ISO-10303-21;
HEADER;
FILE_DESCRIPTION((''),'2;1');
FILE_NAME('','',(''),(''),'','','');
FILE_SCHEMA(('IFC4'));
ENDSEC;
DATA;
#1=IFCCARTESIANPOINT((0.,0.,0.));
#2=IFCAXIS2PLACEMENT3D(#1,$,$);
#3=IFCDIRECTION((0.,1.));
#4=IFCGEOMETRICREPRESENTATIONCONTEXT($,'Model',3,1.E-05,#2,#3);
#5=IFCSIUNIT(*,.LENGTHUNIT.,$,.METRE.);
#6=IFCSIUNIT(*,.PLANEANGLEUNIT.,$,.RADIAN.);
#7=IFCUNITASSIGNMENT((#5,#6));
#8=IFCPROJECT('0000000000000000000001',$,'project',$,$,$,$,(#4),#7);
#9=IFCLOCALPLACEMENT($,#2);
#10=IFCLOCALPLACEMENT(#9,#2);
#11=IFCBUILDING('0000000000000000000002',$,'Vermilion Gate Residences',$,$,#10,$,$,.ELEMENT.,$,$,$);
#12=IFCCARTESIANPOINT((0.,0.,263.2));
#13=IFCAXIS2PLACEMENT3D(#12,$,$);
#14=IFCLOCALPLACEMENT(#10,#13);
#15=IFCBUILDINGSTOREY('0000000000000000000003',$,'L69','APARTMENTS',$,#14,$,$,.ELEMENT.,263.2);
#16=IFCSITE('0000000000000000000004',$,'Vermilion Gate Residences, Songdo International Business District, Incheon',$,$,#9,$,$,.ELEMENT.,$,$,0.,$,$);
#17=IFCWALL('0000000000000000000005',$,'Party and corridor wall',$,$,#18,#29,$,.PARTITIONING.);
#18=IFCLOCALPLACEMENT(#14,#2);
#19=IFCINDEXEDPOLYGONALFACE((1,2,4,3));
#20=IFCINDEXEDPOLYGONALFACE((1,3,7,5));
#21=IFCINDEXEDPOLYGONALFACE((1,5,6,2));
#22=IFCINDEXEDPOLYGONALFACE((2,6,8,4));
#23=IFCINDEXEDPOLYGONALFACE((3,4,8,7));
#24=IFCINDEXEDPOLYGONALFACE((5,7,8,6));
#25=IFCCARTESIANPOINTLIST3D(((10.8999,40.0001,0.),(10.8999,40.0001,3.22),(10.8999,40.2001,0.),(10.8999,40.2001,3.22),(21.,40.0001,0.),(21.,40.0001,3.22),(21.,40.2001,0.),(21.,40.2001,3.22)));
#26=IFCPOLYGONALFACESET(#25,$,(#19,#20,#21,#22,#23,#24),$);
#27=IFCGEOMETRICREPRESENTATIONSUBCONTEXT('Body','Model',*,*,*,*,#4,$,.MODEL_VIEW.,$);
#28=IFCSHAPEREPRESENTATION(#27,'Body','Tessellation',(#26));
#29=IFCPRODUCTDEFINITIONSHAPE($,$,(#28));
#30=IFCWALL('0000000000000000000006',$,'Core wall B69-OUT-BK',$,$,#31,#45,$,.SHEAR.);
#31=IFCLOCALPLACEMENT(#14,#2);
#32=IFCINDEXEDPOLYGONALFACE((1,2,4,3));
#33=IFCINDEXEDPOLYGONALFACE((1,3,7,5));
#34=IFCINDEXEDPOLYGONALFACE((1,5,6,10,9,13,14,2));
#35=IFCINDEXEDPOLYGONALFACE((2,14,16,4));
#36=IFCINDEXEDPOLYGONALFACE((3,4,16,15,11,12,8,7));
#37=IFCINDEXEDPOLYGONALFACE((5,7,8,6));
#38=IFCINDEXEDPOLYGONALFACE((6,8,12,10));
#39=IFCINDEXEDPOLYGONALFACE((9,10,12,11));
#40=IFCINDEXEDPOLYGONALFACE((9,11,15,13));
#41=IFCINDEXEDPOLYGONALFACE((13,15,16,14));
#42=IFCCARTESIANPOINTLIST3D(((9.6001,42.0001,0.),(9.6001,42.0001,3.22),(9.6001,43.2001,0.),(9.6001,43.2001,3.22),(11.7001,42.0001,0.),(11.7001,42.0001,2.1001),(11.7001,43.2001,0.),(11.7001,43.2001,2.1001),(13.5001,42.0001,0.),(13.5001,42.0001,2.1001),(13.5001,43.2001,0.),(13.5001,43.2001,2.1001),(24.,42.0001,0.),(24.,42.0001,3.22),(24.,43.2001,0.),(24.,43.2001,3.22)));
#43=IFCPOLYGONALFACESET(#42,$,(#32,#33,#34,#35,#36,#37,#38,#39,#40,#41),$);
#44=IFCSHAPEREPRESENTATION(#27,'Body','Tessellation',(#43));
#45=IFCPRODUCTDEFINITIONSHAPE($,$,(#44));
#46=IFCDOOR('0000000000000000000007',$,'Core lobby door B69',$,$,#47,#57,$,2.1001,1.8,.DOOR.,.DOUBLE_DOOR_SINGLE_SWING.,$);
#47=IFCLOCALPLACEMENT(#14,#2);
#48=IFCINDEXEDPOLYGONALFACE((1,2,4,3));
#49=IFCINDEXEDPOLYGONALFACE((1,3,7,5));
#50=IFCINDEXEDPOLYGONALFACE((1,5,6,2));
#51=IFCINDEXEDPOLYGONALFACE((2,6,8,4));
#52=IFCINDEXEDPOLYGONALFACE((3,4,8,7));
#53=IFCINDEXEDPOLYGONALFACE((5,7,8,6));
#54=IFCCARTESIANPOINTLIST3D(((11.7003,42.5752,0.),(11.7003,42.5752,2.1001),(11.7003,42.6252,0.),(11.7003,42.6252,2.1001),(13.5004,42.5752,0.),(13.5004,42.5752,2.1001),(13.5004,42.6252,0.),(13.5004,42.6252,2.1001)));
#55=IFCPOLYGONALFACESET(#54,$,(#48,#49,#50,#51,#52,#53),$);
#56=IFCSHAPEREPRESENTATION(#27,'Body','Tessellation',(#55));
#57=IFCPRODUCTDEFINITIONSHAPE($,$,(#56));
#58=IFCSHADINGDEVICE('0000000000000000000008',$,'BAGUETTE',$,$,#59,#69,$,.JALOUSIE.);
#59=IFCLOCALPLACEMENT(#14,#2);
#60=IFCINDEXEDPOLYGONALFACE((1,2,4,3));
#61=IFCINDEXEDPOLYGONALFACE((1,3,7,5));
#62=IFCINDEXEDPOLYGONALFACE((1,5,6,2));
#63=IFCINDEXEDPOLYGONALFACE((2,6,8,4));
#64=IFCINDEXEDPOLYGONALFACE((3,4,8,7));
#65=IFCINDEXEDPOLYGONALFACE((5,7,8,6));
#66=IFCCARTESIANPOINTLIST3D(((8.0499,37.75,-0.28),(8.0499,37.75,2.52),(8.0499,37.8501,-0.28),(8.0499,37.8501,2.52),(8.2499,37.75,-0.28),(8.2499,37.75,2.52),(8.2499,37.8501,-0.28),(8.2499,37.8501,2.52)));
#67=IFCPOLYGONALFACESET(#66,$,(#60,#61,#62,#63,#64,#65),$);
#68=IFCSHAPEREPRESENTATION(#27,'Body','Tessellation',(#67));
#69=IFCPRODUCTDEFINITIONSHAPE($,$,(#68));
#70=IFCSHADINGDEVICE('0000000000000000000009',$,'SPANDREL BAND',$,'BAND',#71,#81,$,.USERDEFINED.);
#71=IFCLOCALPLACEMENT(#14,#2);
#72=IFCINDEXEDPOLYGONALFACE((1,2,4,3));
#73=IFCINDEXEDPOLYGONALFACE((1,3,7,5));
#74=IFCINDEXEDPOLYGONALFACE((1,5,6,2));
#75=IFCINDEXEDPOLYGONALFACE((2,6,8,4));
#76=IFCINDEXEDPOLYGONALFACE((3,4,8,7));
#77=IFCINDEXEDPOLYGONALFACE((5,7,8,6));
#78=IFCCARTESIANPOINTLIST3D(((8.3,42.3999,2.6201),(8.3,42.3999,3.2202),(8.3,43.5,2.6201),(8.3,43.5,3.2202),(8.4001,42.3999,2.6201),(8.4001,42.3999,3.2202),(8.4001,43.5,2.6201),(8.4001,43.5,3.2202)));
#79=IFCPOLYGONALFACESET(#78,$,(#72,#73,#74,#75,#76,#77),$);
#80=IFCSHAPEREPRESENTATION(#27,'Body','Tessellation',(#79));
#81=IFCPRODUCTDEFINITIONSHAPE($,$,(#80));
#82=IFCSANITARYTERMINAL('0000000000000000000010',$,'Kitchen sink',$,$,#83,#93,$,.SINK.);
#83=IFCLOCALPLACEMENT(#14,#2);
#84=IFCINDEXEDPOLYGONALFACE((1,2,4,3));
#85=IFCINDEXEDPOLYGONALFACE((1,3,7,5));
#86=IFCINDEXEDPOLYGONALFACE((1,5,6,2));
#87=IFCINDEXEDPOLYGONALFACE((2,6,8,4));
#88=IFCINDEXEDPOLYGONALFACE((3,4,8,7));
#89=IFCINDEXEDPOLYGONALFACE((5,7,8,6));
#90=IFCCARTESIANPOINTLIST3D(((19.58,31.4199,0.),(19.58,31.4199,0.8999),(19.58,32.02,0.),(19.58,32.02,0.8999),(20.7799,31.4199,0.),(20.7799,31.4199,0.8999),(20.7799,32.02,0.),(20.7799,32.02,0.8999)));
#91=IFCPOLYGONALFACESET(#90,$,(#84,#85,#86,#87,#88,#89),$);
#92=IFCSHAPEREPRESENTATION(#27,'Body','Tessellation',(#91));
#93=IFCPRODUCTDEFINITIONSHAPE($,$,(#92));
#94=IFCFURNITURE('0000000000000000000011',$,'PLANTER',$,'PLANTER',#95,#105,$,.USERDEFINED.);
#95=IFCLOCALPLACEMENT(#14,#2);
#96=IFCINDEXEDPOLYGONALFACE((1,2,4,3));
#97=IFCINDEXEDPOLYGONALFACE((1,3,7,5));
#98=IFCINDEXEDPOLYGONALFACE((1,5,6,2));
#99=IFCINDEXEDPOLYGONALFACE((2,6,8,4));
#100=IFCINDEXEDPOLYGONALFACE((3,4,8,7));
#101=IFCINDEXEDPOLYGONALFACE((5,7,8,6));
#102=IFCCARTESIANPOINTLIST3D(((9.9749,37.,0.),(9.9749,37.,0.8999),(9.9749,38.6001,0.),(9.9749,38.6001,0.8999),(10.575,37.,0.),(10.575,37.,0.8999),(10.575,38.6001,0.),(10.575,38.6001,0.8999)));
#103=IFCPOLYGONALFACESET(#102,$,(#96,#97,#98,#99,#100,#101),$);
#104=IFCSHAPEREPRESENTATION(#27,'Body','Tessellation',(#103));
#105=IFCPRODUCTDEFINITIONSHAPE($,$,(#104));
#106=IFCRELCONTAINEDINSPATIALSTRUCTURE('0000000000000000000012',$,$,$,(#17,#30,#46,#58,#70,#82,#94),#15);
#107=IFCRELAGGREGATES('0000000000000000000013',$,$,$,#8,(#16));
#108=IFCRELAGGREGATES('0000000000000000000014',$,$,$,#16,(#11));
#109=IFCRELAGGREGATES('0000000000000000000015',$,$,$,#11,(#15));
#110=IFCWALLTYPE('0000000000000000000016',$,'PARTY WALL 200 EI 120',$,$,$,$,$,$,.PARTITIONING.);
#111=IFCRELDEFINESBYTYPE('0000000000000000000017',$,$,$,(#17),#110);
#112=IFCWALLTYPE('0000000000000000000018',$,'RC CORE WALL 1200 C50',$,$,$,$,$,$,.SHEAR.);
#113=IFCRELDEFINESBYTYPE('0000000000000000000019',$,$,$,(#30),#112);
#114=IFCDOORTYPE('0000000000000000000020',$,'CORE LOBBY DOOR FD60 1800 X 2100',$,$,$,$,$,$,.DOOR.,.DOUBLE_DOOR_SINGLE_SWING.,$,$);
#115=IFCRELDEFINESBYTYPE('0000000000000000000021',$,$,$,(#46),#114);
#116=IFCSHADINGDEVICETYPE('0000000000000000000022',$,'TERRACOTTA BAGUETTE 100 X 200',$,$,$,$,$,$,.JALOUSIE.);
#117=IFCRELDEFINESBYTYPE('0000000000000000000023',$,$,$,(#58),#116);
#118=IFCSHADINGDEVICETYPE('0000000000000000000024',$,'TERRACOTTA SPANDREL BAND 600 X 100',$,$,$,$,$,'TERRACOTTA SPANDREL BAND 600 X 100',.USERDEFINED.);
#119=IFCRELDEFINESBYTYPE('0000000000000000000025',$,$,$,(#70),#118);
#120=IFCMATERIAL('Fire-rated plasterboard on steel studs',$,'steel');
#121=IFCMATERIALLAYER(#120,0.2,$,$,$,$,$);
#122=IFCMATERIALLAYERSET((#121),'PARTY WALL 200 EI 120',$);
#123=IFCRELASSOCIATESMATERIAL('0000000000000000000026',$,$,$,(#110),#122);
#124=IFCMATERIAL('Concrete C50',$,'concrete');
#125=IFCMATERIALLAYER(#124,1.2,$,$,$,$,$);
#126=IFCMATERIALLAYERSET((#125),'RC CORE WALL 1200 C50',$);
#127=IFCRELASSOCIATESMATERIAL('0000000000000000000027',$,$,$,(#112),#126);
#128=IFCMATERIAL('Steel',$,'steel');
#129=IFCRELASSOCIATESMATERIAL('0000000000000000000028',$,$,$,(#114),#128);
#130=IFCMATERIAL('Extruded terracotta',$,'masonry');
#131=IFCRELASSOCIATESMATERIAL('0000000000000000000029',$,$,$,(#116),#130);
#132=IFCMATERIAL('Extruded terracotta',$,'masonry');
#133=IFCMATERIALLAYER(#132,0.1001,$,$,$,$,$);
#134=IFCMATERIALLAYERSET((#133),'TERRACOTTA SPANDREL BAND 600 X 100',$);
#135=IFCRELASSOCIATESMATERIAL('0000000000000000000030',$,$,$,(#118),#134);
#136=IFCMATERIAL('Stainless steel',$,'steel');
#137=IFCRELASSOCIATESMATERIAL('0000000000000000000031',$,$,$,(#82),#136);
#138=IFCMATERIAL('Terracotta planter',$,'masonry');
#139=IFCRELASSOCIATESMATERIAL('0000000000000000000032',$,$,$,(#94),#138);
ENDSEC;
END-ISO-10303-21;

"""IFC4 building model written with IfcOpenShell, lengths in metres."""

from ifc_helpers import new_model, si_unit, direction, frame, frame_2d, origin, origin_2d, place, context, subcontext, project, spatial, rectangle, extrude, material, layer, layer_set, material_profile, profile_set, type_object, element, fill, save


model = new_model("IFC4")

# Units and contexts
model_context = context("Model", 3, precision=1e-05, world=origin(), true_north=direction((0.0, 1.0)))
body_context = subcontext(model_context, "Body", "Model", "MODEL_VIEW")
ifc_project = project(units=[si_unit("LENGTHUNIT", "METRE"), si_unit("PLANEANGLEUNIT", "RADIAN")], contexts=[model_context])

# Site, building, storey
site_placement = place(None, origin())
site = spatial("IfcSite", under=ifc_project, at=site_placement, Name="Vermilion Gate Residences, Songdo International Business District, Incheon", CompositionType="ELEMENT", RefElevation=0.0)
building_placement = place(site_placement, origin())
building = spatial("IfcBuilding", under=site, at=building_placement, Name="Vermilion Gate Residences", CompositionType="ELEMENT")
storey_placement = place(building_placement, frame((0.0, 0.0, 263.2)))
storey = spatial("IfcBuildingStorey", under=building, at=storey_placement, Name="L69", Description="APARTMENTS", CompositionType="ELEMENT", Elevation=263.2)

# Wall
ifc_material_1 = material(Name="Fire-rated plasterboard on steel studs", Category="steel")
ifc_layer_1 = layer(ifc_material_1, 0.2)
ifc_layer_set_1 = layer_set([ifc_layer_1], Name="PARTY WALL 200 EI 120")
wall_type_1 = type_object("IfcWallType", Name="PARTY WALL 200 EI 120", PredefinedType="PARTITIONING", material=ifc_layer_set_1)
wall_1_placement = place(storey_placement, frame((10.8999, 40.1001, 0.0), z_axis=(0.0, 0.0, 1.0), x_axis=(1.0, 0.0, 0.0)))
element("IfcWall", 1, at=wall_1_placement, inside=storey, type_object=wall_type_1, Name="Party and corridor wall", PredefinedType="PARTITIONING", context=body_context, shape_type="SweptSolid", body=[
    extrude(rectangle(XDim=10.1001, YDim=0.2, at=frame_2d((5.05, 0.0))), origin(), (0.0, 0.0, 1.0), 3.22),
])

# Wall, opening, door
ifc_material_2 = material(Name="Concrete C50", Category="concrete")
ifc_layer_2 = layer(ifc_material_2, 1.2)
ifc_layer_set_2 = layer_set([ifc_layer_2], Name="RC CORE WALL 1200 C50")
wall_type_2 = type_object("IfcWallType", Name="RC CORE WALL 1200 C50", PredefinedType="SHEAR", material=ifc_layer_set_2)
wall_2_placement = place(storey_placement, frame((9.6001, 42.6001, 0.0), z_axis=(0.0, 0.0, 1.0), x_axis=(1.0, 0.0, 0.0)))
wall_2 = element("IfcWall", 2, at=wall_2_placement, inside=storey, type_object=wall_type_2, Name="Core wall B69-OUT-BK", PredefinedType="SHEAR", context=body_context, shape_type="SweptSolid", body=[
    extrude(rectangle(XDim=14.3999, YDim=1.2, at=frame_2d((7.2, 0.0))), origin(), (0.0, 0.0, 1.0), 3.22),
])
opening_1_placement = place(wall_2_placement, frame((2.1001, 0.0, 0.0)))
opening_1 = element("IfcOpeningElement", 3, at=opening_1_placement, cuts=wall_2, PredefinedType="OPENING", context=body_context, shape_type="SweptSolid", body=[
    extrude(rectangle(XDim=1.8, YDim=2.1001, at=frame_2d((0.8999, 1.05))), frame((0.0, 0.6099, 0.0), z_axis=(0.0, -1.0, 0.0), x_axis=(1.0, 0.0, 0.0)), (0.0, 0.0, 1.0), 1.22),
])
ifc_material_3 = material(Name="Steel", Category="steel")
door_type_1 = type_object("IfcDoorType", Name="CORE LOBBY DOOR FD60 1800 X 2100", OperationType="DOUBLE_DOOR_SINGLE_SWING", PredefinedType="DOOR", material=ifc_material_3)
door_1_placement = place(opening_1_placement, frame((1.8, 0.0, 0.0), z_axis=(0.0, 0.0, 1.0), x_axis=(-1.0, 0.0, 0.0)))
door_1 = element("IfcDoor", 4, at=door_1_placement, inside=storey, type_object=door_type_1, Name="Core lobby door B69", OperationType="DOUBLE_DOOR_SINGLE_SWING", OverallHeight=2.1001, OverallWidth=1.8, PredefinedType="DOOR", context=body_context, shape_type="SweptSolid", body=[
    extrude(rectangle(XDim=1.8, YDim=2.1001, at=frame_2d((0.8999, 1.05))), frame((0.0, 0.0249, 0.0), z_axis=(0.0, -1.0, 0.0), x_axis=(1.0, 0.0, 0.0)), (0.0, 0.0, 1.0), 0.05),
])
fill(opening_1, door_1)

# Shading devices
ifc_material_4 = material(Name="Extruded terracotta", Category="masonry")
ifc_material_profile_1 = material_profile(ifc_material_4, rectangle(XDim=0.2, YDim=0.1001, at=origin_2d()), Name="BAGUETTE 100 X 200")
ifc_profile_set_1 = profile_set([ifc_material_profile_1], Name="Extruded terracotta")
shading_device_type_1 = type_object("IfcShadingDeviceType", Name="TERRACOTTA BAGUETTE 100 X 200", PredefinedType="JALOUSIE", material=ifc_profile_set_1)
shading_device_1_placement = place(storey_placement, frame((8.1499, 37.8, -0.28), z_axis=(0.0, 0.0, 1.0), x_axis=(1.0, 0.0, 0.0)))
element("IfcShadingDevice", 5, at=shading_device_1_placement, inside=storey, type_object=shading_device_type_1, Name="BAGUETTE", PredefinedType="JALOUSIE", context=body_context, shape_type="SweptSolid", body=[
    extrude(rectangle(XDim=0.2, YDim=0.1001, at=origin_2d()), origin(), (0.0, 0.0, 1.0), 2.8),
])
ifc_material_5 = material(Name="Extruded terracotta", Category="masonry")
ifc_layer_3 = layer(ifc_material_5, 0.1001)
ifc_layer_set_3 = layer_set([ifc_layer_3], Name="TERRACOTTA SPANDREL BAND 600 X 100")
shading_device_type_2 = type_object("IfcShadingDeviceType", Name="TERRACOTTA SPANDREL BAND 600 X 100", ElementType="TERRACOTTA SPANDREL BAND 600 X 100", PredefinedType="USERDEFINED", material=ifc_layer_set_3)
shading_device_2_placement = place(storey_placement, frame((8.3501, 42.95, 2.6201), z_axis=(0.0, 0.0, 1.0), x_axis=(0.0, 1.0, 0.0)))
element("IfcShadingDevice", 6, at=shading_device_2_placement, inside=storey, type_object=shading_device_type_2, Name="SPANDREL BAND", ObjectType="BAND", PredefinedType="USERDEFINED", context=body_context, shape_type="SweptSolid", body=[
    extrude(rectangle(XDim=1.1001, YDim=0.1001, at=origin_2d()), origin(), (0.0, 0.0, 1.0), 0.6001),
])

# Sanitary terminal
ifc_material_6 = material(Name="Stainless steel", Category="steel")
sanitary_terminal_placement = place(storey_placement, frame((20.1799, 31.72, 0.0), z_axis=(0.0, 0.0, 1.0), x_axis=(1.0, 0.0, 0.0)))
element("IfcSanitaryTerminal", 7, at=sanitary_terminal_placement, inside=storey, material=ifc_material_6, Name="Kitchen sink", PredefinedType="SINK", context=body_context, shape_type="SweptSolid", body=[
    extrude(rectangle(XDim=1.2, YDim=0.6001, at=origin_2d()), origin(), (0.0, 0.0, 1.0), 0.8999),
])

# Furniture
ifc_material_7 = material(Name="Terracotta planter", Category="masonry")
furniture_placement = place(storey_placement, frame((10.2749, 37.8, 0.0), z_axis=(0.0, 0.0, 1.0), x_axis=(0.0, -1.0, 0.0)))
element("IfcFurniture", 8, at=furniture_placement, inside=storey, material=ifc_material_7, Name="PLANTER", ObjectType="PLANTER", PredefinedType="USERDEFINED", context=body_context, shape_type="SweptSolid", body=[
    extrude(rectangle(XDim=1.6001, YDim=0.6001, at=origin_2d()), origin(), (0.0, 0.0, 1.0), 0.8999),
])

save(model, "model.ifc")
